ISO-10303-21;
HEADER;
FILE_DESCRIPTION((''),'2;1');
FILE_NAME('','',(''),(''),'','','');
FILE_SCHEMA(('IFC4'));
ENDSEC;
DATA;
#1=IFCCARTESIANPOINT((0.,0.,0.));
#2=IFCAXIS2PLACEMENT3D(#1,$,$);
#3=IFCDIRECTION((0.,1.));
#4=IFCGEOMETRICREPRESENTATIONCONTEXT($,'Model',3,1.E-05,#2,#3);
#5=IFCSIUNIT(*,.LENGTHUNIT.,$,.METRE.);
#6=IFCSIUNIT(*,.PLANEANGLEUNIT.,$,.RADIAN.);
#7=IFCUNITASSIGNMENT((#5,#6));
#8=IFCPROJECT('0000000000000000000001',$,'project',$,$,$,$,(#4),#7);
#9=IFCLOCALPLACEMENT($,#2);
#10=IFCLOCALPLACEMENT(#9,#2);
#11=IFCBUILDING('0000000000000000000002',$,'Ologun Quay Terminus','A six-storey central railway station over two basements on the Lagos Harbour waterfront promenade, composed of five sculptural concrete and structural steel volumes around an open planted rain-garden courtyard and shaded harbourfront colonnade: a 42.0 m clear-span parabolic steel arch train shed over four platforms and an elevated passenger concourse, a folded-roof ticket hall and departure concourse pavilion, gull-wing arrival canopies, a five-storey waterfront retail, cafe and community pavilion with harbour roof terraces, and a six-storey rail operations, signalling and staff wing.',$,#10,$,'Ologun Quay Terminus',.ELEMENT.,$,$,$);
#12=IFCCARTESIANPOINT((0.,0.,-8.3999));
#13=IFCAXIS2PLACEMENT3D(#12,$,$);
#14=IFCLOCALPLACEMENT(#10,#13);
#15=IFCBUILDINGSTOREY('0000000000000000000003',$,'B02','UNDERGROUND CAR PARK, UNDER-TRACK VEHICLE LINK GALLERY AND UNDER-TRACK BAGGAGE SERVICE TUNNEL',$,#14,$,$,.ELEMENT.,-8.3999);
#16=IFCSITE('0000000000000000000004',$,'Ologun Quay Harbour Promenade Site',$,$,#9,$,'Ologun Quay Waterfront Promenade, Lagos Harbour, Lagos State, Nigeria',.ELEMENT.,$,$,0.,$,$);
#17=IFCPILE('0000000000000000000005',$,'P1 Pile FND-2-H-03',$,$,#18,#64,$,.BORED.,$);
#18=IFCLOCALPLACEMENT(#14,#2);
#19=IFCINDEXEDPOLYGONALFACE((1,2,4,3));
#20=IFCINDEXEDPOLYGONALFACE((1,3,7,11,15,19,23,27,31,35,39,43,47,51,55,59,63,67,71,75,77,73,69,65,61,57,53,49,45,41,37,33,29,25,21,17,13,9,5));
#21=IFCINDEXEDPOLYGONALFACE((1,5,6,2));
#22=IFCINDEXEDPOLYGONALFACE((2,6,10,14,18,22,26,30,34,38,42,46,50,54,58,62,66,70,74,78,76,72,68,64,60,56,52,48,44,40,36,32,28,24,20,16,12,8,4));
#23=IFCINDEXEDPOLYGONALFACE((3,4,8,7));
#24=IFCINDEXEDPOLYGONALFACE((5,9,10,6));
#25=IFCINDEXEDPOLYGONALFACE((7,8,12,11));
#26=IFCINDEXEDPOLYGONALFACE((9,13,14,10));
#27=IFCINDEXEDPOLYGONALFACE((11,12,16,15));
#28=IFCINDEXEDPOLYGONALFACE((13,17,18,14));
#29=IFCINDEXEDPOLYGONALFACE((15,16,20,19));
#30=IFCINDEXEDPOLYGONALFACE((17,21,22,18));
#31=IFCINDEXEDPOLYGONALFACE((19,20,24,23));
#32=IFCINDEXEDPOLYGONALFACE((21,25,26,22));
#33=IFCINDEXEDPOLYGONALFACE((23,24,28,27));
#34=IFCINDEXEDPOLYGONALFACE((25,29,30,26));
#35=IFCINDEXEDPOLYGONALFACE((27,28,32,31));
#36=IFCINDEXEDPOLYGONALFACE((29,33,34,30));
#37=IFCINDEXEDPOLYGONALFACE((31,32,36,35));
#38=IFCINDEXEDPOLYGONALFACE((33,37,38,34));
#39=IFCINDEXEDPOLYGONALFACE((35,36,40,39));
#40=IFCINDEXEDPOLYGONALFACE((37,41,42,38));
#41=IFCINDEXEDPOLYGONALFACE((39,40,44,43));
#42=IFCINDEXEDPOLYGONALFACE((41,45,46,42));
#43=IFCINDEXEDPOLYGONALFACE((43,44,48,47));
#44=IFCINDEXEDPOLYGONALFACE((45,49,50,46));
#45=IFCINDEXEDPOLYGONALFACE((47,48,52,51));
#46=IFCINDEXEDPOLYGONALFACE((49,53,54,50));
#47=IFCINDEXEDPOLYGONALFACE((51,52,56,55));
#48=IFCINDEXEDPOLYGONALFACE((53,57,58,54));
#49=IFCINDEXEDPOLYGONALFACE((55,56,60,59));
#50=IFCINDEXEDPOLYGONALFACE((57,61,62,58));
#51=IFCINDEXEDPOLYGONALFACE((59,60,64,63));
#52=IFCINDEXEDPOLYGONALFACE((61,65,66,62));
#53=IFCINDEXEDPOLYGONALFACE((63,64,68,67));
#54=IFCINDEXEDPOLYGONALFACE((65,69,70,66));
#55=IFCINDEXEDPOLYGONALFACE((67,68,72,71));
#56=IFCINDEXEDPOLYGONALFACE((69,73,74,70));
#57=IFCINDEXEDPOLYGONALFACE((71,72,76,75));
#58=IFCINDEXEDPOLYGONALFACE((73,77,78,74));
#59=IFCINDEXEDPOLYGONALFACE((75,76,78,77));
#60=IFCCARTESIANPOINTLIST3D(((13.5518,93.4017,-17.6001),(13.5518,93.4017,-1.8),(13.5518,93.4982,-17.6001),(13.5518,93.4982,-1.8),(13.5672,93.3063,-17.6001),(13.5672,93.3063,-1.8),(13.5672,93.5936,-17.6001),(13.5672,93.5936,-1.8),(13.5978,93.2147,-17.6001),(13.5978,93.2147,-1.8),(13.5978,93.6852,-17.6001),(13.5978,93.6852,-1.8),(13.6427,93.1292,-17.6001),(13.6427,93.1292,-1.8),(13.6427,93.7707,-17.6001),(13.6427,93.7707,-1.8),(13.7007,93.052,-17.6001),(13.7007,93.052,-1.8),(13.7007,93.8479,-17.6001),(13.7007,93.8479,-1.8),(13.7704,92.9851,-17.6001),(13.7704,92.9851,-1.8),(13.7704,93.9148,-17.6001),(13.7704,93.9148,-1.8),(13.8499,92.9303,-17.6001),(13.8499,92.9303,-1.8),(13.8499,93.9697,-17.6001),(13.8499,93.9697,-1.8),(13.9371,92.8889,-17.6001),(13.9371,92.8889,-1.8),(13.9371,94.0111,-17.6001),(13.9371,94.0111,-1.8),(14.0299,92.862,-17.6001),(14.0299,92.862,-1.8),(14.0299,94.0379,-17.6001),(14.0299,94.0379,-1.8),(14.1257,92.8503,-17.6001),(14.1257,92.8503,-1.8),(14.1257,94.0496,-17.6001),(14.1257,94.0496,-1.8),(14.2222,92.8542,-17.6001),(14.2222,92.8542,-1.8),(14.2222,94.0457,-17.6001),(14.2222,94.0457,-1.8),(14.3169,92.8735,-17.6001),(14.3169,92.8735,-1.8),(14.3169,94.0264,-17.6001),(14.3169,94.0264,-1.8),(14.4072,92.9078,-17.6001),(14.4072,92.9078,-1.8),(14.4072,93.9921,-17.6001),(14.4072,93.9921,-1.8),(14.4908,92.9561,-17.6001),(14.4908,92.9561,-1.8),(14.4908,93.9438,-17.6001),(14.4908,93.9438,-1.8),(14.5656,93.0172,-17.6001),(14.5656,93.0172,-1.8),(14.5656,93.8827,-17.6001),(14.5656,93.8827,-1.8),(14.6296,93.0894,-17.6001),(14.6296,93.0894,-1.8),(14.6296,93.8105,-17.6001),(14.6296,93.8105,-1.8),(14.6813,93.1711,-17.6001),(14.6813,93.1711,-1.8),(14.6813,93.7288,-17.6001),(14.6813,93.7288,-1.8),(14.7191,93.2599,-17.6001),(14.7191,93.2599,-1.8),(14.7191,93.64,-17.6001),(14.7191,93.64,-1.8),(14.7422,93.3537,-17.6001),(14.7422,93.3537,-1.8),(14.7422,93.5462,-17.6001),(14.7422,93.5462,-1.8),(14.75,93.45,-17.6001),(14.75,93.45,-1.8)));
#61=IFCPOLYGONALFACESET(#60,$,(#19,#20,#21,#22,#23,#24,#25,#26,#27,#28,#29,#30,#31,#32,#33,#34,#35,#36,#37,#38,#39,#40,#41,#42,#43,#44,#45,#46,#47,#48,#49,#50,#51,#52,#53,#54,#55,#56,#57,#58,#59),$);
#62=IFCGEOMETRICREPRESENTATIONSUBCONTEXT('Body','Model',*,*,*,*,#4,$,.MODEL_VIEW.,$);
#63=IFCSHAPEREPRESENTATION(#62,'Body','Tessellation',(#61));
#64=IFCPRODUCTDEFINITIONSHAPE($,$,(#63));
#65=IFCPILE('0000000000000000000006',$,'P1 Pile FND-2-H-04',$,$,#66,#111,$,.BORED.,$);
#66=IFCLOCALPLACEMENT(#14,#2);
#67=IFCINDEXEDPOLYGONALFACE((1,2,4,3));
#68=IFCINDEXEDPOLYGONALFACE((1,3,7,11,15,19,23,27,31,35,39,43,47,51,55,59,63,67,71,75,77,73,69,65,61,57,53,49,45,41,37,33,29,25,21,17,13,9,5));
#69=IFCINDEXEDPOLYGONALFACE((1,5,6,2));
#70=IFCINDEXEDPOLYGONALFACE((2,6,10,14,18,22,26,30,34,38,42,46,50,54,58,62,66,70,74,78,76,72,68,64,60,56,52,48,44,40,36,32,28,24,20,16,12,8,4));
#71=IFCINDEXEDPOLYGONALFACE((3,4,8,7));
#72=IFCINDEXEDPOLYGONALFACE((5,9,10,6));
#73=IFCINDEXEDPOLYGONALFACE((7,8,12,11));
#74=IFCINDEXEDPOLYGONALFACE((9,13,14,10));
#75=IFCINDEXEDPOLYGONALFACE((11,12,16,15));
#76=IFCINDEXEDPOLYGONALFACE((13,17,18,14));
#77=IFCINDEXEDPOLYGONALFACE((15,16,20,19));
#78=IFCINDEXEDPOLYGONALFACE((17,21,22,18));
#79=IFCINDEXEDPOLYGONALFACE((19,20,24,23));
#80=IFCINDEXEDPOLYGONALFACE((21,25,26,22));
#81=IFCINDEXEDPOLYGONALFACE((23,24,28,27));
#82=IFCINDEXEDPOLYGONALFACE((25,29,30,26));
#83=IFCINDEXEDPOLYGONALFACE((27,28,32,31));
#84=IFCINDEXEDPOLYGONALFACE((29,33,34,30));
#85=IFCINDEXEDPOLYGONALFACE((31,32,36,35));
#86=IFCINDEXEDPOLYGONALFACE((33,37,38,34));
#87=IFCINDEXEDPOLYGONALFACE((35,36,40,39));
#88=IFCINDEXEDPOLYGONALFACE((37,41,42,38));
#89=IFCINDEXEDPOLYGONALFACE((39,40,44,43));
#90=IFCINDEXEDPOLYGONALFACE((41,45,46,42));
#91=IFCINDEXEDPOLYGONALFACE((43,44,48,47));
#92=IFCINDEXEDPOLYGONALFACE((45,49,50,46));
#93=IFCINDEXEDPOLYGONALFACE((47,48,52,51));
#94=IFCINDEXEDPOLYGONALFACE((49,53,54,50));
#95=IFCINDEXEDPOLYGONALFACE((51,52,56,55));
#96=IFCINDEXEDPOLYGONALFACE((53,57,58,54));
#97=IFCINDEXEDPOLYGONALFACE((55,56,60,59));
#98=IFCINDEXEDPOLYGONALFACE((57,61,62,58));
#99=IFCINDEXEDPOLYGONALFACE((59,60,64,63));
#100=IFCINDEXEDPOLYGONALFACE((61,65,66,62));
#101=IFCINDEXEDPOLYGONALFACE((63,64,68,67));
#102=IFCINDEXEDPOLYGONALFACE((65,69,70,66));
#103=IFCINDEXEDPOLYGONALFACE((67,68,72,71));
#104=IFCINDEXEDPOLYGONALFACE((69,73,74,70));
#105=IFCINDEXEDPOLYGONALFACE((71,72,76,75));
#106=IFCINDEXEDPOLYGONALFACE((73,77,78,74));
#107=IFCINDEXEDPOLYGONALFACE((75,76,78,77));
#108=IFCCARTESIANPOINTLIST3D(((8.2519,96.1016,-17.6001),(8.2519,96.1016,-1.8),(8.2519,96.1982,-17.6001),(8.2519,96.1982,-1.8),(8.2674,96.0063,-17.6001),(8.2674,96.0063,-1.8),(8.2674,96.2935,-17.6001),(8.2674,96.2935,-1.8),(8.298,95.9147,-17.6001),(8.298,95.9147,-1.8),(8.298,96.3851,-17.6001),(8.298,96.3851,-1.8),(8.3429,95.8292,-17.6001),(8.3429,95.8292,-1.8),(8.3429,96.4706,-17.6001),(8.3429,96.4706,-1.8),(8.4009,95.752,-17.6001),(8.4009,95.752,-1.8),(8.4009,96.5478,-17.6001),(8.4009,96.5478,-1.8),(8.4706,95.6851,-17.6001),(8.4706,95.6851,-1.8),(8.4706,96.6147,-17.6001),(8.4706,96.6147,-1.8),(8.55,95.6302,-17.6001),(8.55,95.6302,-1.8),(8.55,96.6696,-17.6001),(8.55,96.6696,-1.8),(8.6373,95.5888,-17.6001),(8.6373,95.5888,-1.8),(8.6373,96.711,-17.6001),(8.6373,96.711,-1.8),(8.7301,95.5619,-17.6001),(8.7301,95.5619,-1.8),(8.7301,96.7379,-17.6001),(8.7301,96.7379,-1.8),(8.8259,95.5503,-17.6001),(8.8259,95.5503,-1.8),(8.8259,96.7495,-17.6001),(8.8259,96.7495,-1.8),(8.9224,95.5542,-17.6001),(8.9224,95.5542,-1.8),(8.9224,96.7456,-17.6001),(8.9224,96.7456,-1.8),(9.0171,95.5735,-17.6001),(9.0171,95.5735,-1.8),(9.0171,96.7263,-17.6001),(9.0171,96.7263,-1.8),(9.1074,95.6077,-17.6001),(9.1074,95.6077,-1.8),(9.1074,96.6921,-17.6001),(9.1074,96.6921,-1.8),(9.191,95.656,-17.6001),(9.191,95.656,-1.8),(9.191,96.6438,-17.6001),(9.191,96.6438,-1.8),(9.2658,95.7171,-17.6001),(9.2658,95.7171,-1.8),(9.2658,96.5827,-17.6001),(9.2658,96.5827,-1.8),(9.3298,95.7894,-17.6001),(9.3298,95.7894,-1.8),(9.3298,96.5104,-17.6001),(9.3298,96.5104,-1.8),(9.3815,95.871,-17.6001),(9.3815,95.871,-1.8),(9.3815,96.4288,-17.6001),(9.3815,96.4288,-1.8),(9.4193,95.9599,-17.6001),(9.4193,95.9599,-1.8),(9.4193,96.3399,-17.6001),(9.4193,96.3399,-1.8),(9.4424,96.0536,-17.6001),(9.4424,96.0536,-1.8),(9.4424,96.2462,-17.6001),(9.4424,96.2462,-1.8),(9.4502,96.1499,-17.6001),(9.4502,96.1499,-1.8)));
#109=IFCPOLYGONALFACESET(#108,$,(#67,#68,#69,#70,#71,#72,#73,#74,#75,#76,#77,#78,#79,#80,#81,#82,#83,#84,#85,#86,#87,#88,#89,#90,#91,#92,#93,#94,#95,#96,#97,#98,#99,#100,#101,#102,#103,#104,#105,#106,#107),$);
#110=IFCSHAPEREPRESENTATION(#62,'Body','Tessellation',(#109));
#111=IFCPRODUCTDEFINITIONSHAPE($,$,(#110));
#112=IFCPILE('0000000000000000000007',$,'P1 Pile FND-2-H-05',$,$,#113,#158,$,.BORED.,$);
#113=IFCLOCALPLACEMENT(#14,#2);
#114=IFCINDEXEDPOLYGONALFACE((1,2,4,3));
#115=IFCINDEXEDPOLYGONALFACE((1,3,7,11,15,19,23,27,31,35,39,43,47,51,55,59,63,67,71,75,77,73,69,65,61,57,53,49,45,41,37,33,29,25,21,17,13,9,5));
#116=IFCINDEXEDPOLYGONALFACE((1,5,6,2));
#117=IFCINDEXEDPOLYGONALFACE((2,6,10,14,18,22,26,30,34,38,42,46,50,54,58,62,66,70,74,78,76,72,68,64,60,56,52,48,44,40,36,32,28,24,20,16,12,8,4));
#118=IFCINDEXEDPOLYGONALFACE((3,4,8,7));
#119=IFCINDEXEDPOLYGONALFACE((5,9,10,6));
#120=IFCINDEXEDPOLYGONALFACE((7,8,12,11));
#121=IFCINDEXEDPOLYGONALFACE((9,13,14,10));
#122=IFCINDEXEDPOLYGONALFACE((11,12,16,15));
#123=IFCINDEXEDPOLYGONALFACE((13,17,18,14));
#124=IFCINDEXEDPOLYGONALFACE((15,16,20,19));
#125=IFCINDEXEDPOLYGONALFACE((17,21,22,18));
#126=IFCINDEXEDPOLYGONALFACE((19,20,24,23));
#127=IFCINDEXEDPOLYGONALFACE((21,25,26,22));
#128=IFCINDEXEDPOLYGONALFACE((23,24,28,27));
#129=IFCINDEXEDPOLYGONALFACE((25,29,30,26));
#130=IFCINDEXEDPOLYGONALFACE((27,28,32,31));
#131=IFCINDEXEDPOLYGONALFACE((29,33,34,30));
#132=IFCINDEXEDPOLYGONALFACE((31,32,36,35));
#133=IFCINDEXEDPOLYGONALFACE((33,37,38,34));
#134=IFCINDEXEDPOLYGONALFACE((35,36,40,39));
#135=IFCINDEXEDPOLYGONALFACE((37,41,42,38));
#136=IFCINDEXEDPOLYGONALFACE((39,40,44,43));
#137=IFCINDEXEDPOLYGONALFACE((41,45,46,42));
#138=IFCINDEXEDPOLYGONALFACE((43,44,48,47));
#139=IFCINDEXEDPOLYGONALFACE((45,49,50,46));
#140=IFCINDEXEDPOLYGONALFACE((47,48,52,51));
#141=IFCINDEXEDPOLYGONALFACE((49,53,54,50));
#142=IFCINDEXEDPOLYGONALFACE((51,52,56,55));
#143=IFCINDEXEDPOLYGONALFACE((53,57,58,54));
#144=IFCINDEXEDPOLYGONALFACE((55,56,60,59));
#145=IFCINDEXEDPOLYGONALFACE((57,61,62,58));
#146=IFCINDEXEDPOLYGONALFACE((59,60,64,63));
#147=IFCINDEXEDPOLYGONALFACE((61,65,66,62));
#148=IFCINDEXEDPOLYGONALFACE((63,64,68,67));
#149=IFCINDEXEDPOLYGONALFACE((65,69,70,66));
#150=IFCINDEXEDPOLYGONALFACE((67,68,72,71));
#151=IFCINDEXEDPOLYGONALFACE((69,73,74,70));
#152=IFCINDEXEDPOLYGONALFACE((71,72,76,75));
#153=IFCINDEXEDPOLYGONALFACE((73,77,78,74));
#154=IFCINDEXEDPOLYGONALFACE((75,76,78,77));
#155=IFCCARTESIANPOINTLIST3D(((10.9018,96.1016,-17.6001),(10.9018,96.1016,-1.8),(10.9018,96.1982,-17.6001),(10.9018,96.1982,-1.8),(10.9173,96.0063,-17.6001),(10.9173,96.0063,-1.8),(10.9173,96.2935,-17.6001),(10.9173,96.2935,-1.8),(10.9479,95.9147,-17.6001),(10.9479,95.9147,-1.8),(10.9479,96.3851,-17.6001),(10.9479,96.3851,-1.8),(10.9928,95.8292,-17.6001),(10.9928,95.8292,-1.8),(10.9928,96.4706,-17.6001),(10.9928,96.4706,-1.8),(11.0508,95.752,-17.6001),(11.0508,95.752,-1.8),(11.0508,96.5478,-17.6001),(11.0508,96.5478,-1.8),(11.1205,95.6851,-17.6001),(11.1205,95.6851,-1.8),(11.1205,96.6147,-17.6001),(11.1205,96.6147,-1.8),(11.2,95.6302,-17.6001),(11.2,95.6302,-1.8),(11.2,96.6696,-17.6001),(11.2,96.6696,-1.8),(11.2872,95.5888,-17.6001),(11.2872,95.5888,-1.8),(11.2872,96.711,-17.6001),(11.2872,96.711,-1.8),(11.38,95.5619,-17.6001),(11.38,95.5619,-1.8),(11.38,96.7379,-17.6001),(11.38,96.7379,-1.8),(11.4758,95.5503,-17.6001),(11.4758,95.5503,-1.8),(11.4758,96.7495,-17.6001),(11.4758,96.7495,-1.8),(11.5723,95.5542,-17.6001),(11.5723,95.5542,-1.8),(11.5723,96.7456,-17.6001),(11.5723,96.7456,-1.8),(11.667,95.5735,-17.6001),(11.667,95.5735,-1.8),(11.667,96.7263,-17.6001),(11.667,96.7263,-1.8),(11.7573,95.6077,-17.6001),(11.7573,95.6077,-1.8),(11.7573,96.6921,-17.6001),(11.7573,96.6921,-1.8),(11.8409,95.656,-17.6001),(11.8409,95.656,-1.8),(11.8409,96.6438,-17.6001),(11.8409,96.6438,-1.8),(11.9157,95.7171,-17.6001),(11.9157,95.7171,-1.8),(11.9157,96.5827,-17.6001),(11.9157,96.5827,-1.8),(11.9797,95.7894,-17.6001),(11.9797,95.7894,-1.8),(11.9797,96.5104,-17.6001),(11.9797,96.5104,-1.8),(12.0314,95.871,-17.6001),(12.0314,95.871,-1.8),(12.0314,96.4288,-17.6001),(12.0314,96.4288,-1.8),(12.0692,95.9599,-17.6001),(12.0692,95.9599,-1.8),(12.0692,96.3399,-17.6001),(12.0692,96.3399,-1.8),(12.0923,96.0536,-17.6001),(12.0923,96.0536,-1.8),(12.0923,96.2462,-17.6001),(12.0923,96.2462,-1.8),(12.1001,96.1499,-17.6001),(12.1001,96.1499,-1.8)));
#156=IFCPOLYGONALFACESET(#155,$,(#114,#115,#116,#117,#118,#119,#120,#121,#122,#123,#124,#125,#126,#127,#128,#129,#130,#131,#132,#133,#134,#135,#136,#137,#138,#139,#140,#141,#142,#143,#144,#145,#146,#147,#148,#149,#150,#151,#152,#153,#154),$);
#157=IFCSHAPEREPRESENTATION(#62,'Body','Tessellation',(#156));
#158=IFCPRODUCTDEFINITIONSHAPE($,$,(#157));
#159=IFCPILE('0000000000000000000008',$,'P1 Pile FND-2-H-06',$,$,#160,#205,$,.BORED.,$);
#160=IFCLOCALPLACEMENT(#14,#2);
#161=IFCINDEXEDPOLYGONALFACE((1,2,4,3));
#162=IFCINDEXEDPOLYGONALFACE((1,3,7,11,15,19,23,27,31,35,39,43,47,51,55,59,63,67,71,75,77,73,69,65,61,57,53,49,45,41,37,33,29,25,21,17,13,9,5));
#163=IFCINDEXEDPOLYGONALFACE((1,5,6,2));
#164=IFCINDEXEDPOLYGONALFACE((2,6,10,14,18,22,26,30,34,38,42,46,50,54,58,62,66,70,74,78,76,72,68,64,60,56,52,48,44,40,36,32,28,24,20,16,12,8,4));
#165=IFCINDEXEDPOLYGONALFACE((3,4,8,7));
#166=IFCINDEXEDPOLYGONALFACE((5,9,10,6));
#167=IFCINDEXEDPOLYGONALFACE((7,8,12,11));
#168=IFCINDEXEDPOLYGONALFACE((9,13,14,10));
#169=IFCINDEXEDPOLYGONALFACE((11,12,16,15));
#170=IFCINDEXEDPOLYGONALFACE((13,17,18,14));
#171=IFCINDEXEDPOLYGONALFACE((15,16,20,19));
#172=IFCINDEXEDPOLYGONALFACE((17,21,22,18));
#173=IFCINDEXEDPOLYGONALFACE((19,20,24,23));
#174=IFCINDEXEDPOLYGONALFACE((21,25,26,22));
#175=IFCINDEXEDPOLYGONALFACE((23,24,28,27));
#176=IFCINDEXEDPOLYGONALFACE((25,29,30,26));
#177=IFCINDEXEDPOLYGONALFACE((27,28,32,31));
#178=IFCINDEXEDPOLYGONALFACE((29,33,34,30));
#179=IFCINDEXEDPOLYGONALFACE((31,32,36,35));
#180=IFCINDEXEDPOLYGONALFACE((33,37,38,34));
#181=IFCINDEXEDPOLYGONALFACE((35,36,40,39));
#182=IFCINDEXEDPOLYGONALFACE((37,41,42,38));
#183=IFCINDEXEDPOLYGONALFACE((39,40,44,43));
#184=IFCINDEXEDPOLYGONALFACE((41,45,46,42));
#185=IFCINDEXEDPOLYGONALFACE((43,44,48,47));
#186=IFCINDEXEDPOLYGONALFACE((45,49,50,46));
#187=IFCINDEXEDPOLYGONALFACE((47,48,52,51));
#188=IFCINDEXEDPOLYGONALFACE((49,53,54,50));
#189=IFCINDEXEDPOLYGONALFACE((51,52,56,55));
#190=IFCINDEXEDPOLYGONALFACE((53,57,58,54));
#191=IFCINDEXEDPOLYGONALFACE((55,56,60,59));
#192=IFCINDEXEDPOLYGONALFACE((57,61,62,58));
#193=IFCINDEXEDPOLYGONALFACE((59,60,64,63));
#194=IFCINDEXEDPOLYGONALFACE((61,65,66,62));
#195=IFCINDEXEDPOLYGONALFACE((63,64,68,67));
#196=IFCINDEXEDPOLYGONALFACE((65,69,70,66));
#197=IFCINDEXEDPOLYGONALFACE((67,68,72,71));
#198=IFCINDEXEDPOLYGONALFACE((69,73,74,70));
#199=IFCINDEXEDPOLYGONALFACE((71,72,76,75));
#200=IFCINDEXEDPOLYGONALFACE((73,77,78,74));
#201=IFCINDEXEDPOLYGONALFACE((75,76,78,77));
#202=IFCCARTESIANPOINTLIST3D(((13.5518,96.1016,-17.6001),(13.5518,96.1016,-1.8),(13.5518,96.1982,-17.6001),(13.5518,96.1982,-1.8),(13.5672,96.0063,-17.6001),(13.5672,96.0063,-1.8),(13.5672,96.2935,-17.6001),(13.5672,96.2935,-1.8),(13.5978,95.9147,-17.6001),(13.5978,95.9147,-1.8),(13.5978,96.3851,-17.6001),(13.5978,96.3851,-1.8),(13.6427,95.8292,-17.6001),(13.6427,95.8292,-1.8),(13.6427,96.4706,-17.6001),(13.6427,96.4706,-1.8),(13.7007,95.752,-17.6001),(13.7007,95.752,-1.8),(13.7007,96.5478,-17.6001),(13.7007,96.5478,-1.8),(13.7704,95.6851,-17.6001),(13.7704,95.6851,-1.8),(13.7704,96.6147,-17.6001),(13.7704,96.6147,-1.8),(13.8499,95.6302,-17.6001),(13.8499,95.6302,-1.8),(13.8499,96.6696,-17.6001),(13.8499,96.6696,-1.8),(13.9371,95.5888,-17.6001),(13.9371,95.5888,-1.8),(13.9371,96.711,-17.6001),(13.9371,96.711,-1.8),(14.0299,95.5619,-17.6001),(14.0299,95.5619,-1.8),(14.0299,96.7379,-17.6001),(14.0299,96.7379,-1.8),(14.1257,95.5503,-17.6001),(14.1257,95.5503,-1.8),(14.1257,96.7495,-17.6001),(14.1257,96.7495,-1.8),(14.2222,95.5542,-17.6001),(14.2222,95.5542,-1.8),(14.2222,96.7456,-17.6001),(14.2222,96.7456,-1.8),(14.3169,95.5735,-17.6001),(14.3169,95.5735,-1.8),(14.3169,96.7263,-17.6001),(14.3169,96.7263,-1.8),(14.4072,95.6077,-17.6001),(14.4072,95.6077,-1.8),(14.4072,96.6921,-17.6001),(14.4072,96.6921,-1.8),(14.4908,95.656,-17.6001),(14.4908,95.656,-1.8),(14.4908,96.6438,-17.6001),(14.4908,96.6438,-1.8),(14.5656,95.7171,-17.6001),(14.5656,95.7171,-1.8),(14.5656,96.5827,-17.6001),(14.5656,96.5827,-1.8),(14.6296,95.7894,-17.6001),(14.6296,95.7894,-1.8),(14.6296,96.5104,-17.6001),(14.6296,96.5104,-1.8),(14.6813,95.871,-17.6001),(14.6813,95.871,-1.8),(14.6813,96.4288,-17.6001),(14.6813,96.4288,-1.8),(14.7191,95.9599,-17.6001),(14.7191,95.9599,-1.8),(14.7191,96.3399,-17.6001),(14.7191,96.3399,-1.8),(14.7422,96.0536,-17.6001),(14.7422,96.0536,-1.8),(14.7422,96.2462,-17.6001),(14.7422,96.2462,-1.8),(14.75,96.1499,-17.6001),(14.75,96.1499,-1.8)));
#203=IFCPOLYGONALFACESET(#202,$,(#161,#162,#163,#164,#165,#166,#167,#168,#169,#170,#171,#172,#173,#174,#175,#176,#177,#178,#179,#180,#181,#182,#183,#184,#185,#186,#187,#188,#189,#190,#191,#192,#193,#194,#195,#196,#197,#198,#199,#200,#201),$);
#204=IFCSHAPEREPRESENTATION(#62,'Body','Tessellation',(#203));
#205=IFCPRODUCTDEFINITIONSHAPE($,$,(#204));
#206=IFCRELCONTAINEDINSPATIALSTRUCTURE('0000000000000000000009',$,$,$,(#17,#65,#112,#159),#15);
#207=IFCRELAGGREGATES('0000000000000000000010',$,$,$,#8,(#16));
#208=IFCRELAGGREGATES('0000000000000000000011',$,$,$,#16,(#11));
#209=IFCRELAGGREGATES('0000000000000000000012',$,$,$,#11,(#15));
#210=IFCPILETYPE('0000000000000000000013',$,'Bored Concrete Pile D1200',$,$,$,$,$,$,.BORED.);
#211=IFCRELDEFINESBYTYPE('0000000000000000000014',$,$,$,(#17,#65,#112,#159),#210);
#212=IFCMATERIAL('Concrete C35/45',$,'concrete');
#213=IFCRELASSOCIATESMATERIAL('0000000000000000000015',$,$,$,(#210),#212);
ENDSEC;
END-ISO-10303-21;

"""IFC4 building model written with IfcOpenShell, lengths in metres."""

from ifc_helpers import new_model, si_unit, direction, frame, origin, origin_2d, place, context, subcontext, project, spatial, circle, extrude, material, material_profile, profile_set, type_object, element, save


model = new_model("IFC4")

# Units and contexts
model_context = context("Model", 3, precision=1e-05, world=origin(), true_north=direction((0.0, 1.0)))
body_context = subcontext(model_context, "Body", "Model", "MODEL_VIEW")
ifc_project = project(units=[si_unit("LENGTHUNIT", "METRE"), si_unit("PLANEANGLEUNIT", "RADIAN")], contexts=[model_context])

# Site, building, storey
site_placement = place(None, origin())
site = spatial("IfcSite", under=ifc_project, at=site_placement, Name="Ologun Quay Harbour Promenade Site", LongName="Ologun Quay Waterfront Promenade, Lagos Harbour, Lagos State, Nigeria", CompositionType="ELEMENT", RefElevation=0.0)
building_placement = place(site_placement, origin())
building = spatial("IfcBuilding", under=site, at=building_placement, Name="Ologun Quay Terminus", Description="A six-storey central railway station over two basements on the Lagos Harbour waterfront promenade, composed of five sculptural concrete and structural steel volumes around an open planted rain-garden courtyard and shaded harbourfront colonnade: a 42.0 m clear-span parabolic steel arch train shed over four platforms and an elevated passenger concourse, a folded-roof ticket hall and departure concourse pavilion, gull-wing arrival canopies, a five-storey waterfront retail, cafe and community pavilion with harbour roof terraces, and a six-storey rail operations, signalling and staff wing.", LongName="Ologun Quay Terminus", CompositionType="ELEMENT")
storey_placement = place(building_placement, frame((0.0, 0.0, -8.3999)))
storey = spatial("IfcBuildingStorey", under=building, at=storey_placement, Name="B02", Description="UNDERGROUND CAR PARK, UNDER-TRACK VEHICLE LINK GALLERY AND UNDER-TRACK BAGGAGE SERVICE TUNNEL", CompositionType="ELEMENT", Elevation=-8.3999)

# Piles
ifc_material_1 = material(Name="Concrete C35/45", Category="concrete")
ifc_material_profile_1 = material_profile(ifc_material_1, circle(Radius=0.6001, at=origin_2d()), Name="PILE D1200")
ifc_profile_set_1 = profile_set([ifc_material_profile_1], Name="Concrete C35/45")
pile_type = type_object("IfcPileType", Name="Bored Concrete Pile D1200", PredefinedType="BORED", material=ifc_profile_set_1)
for number, where, z_axis, x_axis, name in (
    (1, (14.1499, 93.45, -1.8), (0.0, 0.0, -1.0), (1.0, 0.0, 0.0), "P1 Pile FND-2-H-03"),
    (2, (8.8501, 96.1499, -1.8), (0.0, 0.0, -1.0), (1.0, 0.0, 0.0), "P1 Pile FND-2-H-04"),
    (3, (11.5, 96.1499, -1.8), (0.0, 0.0, -1.0), (1.0, 0.0, 0.0), "P1 Pile FND-2-H-05"),
    (4, (14.1499, 96.1499, -1.8), (0.0, 0.0, -1.0), (1.0, 0.0, 0.0), "P1 Pile FND-2-H-06"),
):
    element("IfcPile", number, at=place(storey_placement, frame(where, z_axis=z_axis, x_axis=x_axis)), inside=storey, type_object=pile_type, Name=name, PredefinedType="BORED", context=body_context, shape_type="SweptSolid", body=[
        extrude(circle(Radius=0.6001, at=origin_2d()), origin(), (0.0, 0.0, 1.0), 15.8),
    ])

save(model, "model.ifc")
